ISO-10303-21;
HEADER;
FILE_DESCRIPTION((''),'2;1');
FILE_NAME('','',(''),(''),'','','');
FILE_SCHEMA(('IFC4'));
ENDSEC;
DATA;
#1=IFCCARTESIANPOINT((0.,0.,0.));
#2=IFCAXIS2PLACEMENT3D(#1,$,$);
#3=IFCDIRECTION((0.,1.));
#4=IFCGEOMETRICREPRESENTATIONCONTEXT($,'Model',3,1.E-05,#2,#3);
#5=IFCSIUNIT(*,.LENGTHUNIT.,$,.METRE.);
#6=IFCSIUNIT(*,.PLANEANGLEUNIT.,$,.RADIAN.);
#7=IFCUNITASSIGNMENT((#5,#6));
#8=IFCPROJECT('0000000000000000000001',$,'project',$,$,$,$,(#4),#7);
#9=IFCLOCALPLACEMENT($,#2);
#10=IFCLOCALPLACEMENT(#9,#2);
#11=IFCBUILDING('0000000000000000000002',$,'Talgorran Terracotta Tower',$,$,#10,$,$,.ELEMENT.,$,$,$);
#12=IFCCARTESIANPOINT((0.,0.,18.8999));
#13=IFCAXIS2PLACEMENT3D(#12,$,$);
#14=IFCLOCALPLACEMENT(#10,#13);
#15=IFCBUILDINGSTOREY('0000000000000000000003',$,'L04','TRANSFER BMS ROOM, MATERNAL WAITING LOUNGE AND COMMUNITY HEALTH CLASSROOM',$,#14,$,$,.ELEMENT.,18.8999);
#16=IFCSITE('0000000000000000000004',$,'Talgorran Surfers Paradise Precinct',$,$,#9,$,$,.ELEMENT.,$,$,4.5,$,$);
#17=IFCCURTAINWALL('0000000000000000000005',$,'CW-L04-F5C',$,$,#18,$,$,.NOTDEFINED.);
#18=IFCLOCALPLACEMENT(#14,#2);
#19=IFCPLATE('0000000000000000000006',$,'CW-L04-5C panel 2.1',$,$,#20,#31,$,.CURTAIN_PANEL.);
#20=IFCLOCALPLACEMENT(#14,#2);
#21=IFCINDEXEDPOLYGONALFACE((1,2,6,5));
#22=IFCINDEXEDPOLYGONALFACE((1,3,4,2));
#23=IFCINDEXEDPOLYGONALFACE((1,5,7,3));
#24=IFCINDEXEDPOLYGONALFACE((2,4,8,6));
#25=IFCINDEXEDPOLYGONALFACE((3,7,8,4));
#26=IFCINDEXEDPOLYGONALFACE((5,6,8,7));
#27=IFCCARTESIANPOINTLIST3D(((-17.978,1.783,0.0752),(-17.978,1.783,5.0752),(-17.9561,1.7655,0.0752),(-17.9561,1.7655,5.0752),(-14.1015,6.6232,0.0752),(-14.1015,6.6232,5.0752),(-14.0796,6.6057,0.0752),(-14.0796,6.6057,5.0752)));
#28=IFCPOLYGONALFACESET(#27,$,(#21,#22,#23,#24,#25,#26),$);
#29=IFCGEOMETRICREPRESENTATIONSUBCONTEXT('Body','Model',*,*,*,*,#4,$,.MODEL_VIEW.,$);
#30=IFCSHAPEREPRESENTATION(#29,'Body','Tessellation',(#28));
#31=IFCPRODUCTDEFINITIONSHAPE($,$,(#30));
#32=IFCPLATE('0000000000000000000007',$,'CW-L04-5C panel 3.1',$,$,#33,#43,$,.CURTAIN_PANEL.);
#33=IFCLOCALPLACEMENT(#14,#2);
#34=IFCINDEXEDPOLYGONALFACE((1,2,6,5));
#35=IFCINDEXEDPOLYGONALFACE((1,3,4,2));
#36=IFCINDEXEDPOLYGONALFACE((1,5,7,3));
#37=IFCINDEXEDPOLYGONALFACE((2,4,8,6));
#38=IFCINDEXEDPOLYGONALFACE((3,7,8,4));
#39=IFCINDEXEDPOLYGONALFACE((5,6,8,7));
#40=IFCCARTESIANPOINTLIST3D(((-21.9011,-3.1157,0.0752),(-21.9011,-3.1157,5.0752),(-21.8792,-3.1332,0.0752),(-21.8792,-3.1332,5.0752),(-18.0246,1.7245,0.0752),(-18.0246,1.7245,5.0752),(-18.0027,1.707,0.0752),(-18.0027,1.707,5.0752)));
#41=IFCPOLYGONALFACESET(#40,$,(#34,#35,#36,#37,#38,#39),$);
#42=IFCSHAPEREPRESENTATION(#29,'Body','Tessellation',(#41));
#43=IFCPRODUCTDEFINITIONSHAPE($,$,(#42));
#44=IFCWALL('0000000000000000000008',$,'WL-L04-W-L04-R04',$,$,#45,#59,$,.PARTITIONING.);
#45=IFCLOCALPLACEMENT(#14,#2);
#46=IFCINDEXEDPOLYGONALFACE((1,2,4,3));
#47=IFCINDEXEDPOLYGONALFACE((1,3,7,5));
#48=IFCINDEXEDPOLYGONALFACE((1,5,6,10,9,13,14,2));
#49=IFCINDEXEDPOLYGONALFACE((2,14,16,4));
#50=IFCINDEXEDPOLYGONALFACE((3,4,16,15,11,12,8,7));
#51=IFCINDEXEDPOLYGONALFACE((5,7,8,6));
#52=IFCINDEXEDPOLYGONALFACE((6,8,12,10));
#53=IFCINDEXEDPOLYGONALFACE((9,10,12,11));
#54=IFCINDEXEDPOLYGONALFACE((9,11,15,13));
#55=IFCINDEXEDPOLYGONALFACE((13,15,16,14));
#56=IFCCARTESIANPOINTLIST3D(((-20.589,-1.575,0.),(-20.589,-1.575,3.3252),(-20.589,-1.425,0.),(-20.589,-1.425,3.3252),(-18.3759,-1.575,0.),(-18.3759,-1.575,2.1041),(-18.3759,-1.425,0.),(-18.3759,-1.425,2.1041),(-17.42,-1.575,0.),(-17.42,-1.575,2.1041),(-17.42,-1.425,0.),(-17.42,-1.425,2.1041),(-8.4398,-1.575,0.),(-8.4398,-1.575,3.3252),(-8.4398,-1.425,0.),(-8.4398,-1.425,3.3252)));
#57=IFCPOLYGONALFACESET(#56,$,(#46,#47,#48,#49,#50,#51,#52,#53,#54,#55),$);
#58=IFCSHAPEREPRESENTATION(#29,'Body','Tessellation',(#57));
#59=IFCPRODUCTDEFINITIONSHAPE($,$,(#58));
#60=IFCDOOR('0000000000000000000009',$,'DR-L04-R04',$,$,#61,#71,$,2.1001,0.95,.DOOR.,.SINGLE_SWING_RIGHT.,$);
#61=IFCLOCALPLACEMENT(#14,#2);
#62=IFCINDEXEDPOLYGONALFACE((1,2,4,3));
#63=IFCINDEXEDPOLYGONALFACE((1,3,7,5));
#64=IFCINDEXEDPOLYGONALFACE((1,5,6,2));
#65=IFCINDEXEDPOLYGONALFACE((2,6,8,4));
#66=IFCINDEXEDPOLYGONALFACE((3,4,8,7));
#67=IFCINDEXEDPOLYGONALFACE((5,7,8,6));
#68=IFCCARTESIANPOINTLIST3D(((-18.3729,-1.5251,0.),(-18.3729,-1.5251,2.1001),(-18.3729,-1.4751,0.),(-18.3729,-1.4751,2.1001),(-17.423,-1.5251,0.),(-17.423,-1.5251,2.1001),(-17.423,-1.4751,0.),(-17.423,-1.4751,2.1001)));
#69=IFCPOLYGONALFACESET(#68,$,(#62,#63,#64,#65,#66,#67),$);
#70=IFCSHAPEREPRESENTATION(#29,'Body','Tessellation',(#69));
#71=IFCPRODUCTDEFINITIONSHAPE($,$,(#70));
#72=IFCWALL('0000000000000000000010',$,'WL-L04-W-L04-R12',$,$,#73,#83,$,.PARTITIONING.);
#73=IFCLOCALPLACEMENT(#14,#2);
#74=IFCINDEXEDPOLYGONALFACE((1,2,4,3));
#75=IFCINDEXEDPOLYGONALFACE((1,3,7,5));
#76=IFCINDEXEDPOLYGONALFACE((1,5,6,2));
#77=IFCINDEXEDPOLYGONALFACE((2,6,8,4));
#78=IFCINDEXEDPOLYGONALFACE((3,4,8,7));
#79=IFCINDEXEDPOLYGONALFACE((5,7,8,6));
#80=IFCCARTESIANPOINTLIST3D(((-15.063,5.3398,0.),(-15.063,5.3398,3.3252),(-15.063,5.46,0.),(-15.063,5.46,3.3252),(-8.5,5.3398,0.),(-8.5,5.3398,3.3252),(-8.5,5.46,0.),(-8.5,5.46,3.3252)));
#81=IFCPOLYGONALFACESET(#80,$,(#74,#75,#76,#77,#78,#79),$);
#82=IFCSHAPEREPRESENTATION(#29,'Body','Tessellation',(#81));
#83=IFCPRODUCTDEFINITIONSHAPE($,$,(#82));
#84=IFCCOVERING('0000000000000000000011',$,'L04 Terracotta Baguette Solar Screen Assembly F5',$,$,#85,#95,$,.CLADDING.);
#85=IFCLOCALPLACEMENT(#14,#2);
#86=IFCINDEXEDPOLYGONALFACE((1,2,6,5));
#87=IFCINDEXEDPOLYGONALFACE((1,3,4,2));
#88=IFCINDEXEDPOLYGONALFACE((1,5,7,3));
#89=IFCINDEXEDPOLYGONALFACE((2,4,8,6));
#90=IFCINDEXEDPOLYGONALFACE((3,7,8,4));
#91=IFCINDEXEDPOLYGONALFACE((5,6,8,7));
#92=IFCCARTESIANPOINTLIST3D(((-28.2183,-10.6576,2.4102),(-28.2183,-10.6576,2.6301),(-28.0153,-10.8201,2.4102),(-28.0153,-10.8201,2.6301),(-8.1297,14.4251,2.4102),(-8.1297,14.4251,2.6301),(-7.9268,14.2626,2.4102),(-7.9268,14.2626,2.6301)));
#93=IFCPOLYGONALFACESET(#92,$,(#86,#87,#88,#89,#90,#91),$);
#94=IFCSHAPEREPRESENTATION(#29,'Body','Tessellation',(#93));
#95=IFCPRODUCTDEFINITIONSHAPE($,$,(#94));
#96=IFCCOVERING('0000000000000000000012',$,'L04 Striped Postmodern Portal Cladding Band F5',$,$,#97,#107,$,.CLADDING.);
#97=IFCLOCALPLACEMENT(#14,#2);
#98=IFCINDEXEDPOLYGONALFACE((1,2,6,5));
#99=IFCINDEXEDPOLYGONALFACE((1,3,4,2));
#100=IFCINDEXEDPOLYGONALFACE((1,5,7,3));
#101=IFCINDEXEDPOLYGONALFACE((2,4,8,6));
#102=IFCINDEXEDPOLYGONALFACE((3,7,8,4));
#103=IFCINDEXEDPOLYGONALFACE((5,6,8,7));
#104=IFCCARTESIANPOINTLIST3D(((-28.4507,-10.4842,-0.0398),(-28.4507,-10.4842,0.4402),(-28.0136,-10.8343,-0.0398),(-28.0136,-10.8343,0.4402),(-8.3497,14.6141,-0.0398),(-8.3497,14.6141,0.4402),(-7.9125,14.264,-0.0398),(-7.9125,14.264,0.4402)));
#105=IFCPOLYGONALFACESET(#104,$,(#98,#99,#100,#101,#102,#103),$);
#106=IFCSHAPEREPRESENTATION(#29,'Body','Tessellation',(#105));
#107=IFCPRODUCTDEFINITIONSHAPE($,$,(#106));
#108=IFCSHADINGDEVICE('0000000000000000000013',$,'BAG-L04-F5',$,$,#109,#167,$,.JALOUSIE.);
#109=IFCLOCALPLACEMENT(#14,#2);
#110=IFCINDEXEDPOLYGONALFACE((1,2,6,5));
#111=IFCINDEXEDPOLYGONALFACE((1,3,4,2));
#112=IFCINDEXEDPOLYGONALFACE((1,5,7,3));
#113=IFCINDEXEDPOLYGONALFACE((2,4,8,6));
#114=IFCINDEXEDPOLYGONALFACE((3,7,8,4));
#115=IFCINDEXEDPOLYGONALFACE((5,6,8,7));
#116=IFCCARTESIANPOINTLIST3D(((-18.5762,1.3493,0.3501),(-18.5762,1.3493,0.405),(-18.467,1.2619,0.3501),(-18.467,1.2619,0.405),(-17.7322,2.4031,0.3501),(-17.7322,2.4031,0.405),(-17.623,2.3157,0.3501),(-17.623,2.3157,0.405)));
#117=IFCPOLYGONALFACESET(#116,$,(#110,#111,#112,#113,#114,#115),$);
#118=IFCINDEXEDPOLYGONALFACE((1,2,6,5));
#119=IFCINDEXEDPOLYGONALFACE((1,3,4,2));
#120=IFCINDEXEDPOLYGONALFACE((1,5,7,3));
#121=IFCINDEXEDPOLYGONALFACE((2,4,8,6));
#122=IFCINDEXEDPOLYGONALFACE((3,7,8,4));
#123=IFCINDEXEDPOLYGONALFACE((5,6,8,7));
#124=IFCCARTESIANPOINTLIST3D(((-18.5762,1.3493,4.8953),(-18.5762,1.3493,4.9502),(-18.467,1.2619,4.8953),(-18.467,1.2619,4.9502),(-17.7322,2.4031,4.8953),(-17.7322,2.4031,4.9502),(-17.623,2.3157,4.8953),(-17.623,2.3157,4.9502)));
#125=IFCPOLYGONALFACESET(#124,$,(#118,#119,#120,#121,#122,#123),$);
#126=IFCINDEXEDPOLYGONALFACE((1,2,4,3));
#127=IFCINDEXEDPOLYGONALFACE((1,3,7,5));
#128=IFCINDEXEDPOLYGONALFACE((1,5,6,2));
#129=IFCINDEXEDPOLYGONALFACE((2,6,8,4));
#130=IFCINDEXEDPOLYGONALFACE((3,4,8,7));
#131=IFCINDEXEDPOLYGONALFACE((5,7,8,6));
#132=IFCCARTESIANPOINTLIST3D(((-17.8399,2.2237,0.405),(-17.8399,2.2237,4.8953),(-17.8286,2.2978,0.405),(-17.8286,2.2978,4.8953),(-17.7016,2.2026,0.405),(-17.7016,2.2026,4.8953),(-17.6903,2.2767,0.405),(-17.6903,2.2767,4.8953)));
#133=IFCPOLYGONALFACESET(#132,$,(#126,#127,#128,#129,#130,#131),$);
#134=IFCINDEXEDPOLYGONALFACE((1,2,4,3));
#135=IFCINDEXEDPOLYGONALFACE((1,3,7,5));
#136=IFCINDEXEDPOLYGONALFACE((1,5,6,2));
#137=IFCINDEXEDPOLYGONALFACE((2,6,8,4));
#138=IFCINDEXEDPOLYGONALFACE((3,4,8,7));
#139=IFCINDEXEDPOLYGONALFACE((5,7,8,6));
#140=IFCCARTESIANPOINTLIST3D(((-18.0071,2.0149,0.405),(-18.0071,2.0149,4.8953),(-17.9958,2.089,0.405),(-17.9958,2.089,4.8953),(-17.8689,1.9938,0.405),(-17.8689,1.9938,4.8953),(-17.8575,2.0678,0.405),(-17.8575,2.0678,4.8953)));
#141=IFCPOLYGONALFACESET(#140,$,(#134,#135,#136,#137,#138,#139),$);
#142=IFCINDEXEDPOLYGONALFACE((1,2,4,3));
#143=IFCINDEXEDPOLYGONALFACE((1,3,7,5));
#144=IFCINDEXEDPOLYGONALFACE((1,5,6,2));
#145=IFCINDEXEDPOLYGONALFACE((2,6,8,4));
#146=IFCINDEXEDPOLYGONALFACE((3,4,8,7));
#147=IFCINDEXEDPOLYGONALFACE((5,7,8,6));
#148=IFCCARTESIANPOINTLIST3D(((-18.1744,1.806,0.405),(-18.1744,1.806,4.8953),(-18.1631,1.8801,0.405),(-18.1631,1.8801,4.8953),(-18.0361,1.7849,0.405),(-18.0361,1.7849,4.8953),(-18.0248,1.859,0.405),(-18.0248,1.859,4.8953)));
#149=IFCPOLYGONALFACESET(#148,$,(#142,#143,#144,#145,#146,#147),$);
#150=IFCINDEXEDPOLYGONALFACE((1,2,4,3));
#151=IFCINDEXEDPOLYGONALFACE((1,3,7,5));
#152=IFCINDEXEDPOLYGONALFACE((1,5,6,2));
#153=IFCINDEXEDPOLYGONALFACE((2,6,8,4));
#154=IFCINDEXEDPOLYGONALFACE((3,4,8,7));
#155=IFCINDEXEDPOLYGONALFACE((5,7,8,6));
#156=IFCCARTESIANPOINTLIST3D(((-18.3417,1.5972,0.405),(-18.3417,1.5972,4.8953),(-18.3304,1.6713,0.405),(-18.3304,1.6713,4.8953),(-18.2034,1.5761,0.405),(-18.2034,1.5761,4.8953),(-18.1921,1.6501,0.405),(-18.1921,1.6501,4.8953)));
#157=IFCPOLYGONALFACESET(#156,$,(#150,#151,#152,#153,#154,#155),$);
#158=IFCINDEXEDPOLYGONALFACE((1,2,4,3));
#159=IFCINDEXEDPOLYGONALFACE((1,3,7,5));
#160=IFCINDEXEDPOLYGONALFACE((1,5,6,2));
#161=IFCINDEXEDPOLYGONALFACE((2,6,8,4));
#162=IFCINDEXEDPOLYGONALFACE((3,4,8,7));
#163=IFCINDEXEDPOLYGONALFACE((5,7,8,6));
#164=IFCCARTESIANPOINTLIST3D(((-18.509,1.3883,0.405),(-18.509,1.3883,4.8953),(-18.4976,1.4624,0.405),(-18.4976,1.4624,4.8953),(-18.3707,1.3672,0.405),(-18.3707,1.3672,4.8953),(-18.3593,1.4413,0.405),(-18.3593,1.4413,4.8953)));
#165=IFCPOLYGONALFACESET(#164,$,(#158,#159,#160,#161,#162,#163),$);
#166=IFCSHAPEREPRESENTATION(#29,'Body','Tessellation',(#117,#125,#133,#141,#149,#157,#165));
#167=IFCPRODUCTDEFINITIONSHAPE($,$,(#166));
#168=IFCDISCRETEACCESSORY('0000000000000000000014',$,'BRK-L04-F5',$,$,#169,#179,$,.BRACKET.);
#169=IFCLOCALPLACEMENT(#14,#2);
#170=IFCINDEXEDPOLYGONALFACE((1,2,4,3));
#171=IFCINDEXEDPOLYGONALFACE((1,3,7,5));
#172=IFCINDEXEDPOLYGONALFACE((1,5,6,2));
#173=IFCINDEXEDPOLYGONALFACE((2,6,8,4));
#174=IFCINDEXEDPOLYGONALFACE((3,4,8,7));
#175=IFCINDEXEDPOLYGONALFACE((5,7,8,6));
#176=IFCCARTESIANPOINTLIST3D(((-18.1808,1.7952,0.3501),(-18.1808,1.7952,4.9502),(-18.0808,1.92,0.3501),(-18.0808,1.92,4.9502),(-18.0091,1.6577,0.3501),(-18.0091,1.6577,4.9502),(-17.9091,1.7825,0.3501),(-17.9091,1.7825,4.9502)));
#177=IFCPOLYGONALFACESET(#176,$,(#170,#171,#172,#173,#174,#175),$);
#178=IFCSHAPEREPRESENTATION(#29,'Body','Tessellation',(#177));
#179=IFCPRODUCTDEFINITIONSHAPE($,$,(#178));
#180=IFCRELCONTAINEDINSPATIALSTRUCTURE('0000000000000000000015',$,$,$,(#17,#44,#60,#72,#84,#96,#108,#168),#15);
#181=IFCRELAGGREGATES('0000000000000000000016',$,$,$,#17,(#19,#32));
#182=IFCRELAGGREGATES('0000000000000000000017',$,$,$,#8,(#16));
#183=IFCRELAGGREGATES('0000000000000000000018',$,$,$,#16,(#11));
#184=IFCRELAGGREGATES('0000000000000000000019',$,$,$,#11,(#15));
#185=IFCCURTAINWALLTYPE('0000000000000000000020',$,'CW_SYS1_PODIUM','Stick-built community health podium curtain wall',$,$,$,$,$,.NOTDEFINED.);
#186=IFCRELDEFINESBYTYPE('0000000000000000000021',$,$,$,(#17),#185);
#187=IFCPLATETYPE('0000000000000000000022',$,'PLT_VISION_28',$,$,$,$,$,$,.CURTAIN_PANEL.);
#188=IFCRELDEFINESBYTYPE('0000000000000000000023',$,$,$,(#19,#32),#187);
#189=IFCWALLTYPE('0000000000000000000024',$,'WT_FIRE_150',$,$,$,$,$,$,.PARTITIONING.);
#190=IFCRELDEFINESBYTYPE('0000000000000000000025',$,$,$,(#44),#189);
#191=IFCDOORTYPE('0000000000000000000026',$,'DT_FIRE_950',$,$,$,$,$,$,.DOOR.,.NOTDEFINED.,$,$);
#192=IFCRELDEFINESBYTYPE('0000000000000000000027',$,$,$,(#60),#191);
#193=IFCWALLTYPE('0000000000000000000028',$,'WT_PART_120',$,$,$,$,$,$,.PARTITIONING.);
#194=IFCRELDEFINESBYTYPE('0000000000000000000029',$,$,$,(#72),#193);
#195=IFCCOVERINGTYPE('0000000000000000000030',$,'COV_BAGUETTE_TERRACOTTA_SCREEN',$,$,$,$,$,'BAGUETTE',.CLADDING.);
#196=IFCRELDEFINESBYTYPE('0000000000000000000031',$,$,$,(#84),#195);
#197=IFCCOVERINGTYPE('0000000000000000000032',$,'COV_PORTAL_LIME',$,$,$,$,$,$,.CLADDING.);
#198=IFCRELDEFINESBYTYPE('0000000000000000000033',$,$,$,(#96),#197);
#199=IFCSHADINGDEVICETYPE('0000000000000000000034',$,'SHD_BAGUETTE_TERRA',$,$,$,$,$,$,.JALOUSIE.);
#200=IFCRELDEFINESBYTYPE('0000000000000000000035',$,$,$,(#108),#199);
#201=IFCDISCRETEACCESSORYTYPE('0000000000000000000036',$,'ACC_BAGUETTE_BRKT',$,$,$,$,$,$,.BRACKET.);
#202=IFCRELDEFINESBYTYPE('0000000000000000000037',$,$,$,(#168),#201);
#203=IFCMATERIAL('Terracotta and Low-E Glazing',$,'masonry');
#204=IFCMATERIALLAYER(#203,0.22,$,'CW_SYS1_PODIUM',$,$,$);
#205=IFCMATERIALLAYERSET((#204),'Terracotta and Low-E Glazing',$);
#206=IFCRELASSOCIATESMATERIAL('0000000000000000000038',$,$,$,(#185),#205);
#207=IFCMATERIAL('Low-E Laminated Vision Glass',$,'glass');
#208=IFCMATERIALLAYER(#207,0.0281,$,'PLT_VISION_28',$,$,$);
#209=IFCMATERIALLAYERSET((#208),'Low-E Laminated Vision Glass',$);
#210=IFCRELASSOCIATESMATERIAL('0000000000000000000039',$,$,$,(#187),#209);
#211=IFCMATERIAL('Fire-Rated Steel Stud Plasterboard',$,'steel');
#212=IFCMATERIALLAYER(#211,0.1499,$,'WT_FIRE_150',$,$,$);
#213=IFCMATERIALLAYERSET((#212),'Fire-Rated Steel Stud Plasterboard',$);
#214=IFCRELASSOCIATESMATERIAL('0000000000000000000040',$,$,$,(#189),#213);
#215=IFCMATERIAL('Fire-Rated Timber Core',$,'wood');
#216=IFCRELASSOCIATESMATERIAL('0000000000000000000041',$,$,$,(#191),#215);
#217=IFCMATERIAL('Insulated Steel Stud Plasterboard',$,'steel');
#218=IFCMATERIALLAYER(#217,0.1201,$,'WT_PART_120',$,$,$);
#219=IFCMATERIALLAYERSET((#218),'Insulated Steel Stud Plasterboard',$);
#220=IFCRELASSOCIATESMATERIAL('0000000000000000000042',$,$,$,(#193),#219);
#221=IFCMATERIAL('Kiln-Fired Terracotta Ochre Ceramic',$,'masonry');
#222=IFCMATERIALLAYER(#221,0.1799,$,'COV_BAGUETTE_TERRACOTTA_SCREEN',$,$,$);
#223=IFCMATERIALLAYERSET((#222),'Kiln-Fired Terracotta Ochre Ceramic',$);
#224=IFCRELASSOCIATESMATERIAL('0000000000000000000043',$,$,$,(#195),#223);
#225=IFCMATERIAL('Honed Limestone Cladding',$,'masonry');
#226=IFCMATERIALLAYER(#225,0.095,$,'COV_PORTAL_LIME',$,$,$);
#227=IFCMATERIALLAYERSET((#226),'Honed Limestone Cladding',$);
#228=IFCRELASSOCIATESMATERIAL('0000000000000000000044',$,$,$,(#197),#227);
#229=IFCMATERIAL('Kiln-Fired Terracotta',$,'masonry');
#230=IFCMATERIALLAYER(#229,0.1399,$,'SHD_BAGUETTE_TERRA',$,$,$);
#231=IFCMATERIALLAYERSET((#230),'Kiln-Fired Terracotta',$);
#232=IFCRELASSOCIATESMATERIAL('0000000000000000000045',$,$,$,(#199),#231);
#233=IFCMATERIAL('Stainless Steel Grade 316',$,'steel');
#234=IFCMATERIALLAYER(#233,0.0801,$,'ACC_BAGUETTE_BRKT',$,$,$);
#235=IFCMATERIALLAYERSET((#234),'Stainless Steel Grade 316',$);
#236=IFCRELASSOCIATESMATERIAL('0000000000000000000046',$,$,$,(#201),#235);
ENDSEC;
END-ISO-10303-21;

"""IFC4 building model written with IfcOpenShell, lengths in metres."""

from ifc_helpers import new_model, si_unit, direction, frame, frame_2d, origin, origin_2d, place, context, subcontext, project, spatial, rectangle, extrude, source, transform, mapped, material, layer, layer_set, type_object, type_shapes, element, fill, aggregate, save


model = new_model("IFC4")

# Units and contexts
model_context = context("Model", 3, precision=1e-05, world=origin(), true_north=direction((0.0, 1.0)))
body_context = subcontext(model_context, "Body", "Model", "MODEL_VIEW")
ifc_project = project(units=[si_unit("LENGTHUNIT", "METRE"), si_unit("PLANEANGLEUNIT", "RADIAN")], contexts=[model_context])

# Site, building, storey
site_placement = place(None, origin())
site = spatial("IfcSite", under=ifc_project, at=site_placement, Name="Talgorran Surfers Paradise Precinct", CompositionType="ELEMENT", RefElevation=4.5)
building_placement = place(site_placement, origin())
building = spatial("IfcBuilding", under=site, at=building_placement, Name="Talgorran Terracotta Tower", CompositionType="ELEMENT")
storey_placement = place(building_placement, frame((0.0, 0.0, 18.8999)))
storey = spatial("IfcBuildingStorey", under=building, at=storey_placement, Name="L04", Description="TRANSFER BMS ROOM, MATERNAL WAITING LOUNGE AND COMMUNITY HEALTH CLASSROOM", CompositionType="ELEMENT", Elevation=18.8999)

# Curtain wall
ifc_material_1 = material(Name="Terracotta and Low-E Glazing", Category="masonry")
ifc_layer_1 = layer(ifc_material_1, 0.22, Name="CW_SYS1_PODIUM")
ifc_layer_set_1 = layer_set([ifc_layer_1], Name="Terracotta and Low-E Glazing")
curtain_wall_type = type_object("IfcCurtainWallType", Name="CW_SYS1_PODIUM", Description="Stick-built community health podium curtain wall", PredefinedType="NOTDEFINED", material=ifc_layer_set_1)
curtain_wall_placement = place(storey_placement, origin())
curtain_wall = element("IfcCurtainWall", 1, at=curtain_wall_placement, inside=storey, type_object=curtain_wall_type, Name="CW-L04-F5C", PredefinedType="NOTDEFINED")

# Plates
ifc_material_2 = material(Name="Low-E Laminated Vision Glass", Category="glass")
ifc_layer_2 = layer(ifc_material_2, 0.0281, Name="PLT_VISION_28")
ifc_layer_set_2 = layer_set([ifc_layer_2], Name="Low-E Laminated Vision Glass")
plate_type_1 = type_object("IfcPlateType", Name="PLT_VISION_28", PredefinedType="CURTAIN_PANEL", material=ifc_layer_set_2)
shared_shape_1 = source(origin(), body_context, "Body", "SweptSolid", [
    extrude(rectangle(XDim=6.2012, YDim=0.0281, at=origin_2d()), origin(), (0.0, 0.0, 1.0), 5.0),
])
plate_1_placement = place(storey_placement, frame((-16.0288, 4.1943, 0.0752), z_axis=(0.0, 0.0, 1.0), x_axis=(-0.625115, -0.780533, 0.0)))
plate_1 = element("IfcPlate", 2, at=plate_1_placement, type_object=plate_type_1, Name="CW-L04-5C panel 2.1", PredefinedType="CURTAIN_PANEL", context=body_context, shape_type="MappedRepresentation", body=[
    mapped(shared_shape_1, transform((0.0, 0.0, 0.0), scale=1.0)),
])
plate_2_placement = place(storey_placement, frame((-19.9519, -0.7043, 0.0752), z_axis=(0.0, 0.0, 1.0), x_axis=(-0.625115, -0.780533, 0.0)))
plate_2 = element("IfcPlate", 3, at=plate_2_placement, type_object=plate_type_1, Name="CW-L04-5C panel 3.1", PredefinedType="CURTAIN_PANEL", context=body_context, shape_type="MappedRepresentation", body=[
    mapped(shared_shape_1, transform((0.0, 0.0, 0.0), scale=1.0)),
])
aggregate(curtain_wall, [plate_1, plate_2])

# Wall, opening, door
ifc_material_3 = material(Name="Fire-Rated Steel Stud Plasterboard", Category="steel")
ifc_layer_3 = layer(ifc_material_3, 0.1499, Name="WT_FIRE_150")
ifc_layer_set_3 = layer_set([ifc_layer_3], Name="Fire-Rated Steel Stud Plasterboard")
wall_type_1 = type_object("IfcWallType", Name="WT_FIRE_150", PredefinedType="PARTITIONING", material=ifc_layer_set_3)
wall_1_placement = place(storey_placement, frame((-20.5891, -1.5, 0.0), z_axis=(0.0, 0.0, 1.0), x_axis=(1.0, 0.0, 0.0)))
wall_1 = element("IfcWall", 4, at=wall_1_placement, inside=storey, type_object=wall_type_1, Name="WL-L04-W-L04-R04", PredefinedType="PARTITIONING", context=body_context, shape_type="SweptSolid", body=[
    extrude(rectangle(XDim=12.1492, YDim=0.1499, at=frame_2d((6.0747, 0.0))), origin(), (0.0, 0.0, 1.0), 3.3252),
])
opening_placement = place(wall_1_placement, frame((2.2161, 0.0, 0.0)))
opening = element("IfcOpeningElement", 5, at=opening_placement, cuts=wall_1, PredefinedType="OPENING", context=body_context, shape_type="SweptSolid", body=[
    extrude(rectangle(XDim=0.956, YDim=2.1041, at=frame_2d((0.4751, 1.052))), frame((0.0, 0.085, 0.0), z_axis=(0.0, -1.0, 0.0), x_axis=(1.0, 0.0, 0.0)), (0.0, 0.0, 1.0), 0.1699),
])
ifc_material_4 = material(Name="Fire-Rated Timber Core", Category="wood")
door_type = type_object("IfcDoorType", Name="DT_FIRE_950", OperationType="NOTDEFINED", PredefinedType="DOOR", material=ifc_material_4)
door_placement = place(opening_placement, origin())
door = element("IfcDoor", 6, at=door_placement, inside=storey, type_object=door_type, Name="DR-L04-R04", OperationType="SINGLE_SWING_RIGHT", OverallHeight=2.1001, OverallWidth=0.95, PredefinedType="DOOR", context=body_context, shape_type="SweptSolid", body=[
    extrude(rectangle(XDim=0.95, YDim=2.1001, at=frame_2d((0.4751, 1.05))), frame((0.0, 0.0249, 0.0), z_axis=(0.0, -1.0, 0.0), x_axis=(1.0, 0.0, 0.0)), (0.0, 0.0, 1.0), 0.05),
])
fill(opening, door)

# Wall
ifc_material_5 = material(Name="Insulated Steel Stud Plasterboard", Category="steel")
ifc_layer_4 = layer(ifc_material_5, 0.1201, Name="WT_PART_120")
ifc_layer_set_4 = layer_set([ifc_layer_4], Name="Insulated Steel Stud Plasterboard")
wall_type_2 = type_object("IfcWallType", Name="WT_PART_120", PredefinedType="PARTITIONING", material=ifc_layer_set_4)
wall_2_placement = place(storey_placement, frame((-15.063, 5.3999, 0.0), z_axis=(0.0, 0.0, 1.0), x_axis=(1.0, 0.0, 0.0)))
element("IfcWall", 7, at=wall_2_placement, inside=storey, type_object=wall_type_2, Name="WL-L04-W-L04-R12", PredefinedType="PARTITIONING", context=body_context, shape_type="SweptSolid", body=[
    extrude(rectangle(XDim=6.563, YDim=0.1201, at=frame_2d((3.2815, 0.0))), origin(), (0.0, 0.0, 1.0), 3.3252),
])

# Coverings
ifc_material_6 = material(Name="Kiln-Fired Terracotta Ochre Ceramic", Category="masonry")
ifc_layer_5 = layer(ifc_material_6, 0.1799, Name="COV_BAGUETTE_TERRACOTTA_SCREEN")
ifc_layer_set_5 = layer_set([ifc_layer_5], Name="Kiln-Fired Terracotta Ochre Ceramic")
covering_type_1 = type_object("IfcCoveringType", Name="COV_BAGUETTE_TERRACOTTA_SCREEN", ElementType="BAGUETTE", PredefinedType="CLADDING", material=ifc_layer_set_5)
covering_1_placement = place(storey_placement, frame((-18.0725, 1.8025, 2.4102), z_axis=(0.0, 0.0, 1.0), x_axis=(-0.62512, -0.780529, 0.0)))
element("IfcCovering", 8, at=covering_1_placement, inside=storey, type_object=covering_type_1, Name="L04 Terracotta Baguette Solar Screen Assembly F5", PredefinedType="CLADDING", context=body_context, shape_type="SweptSolid", body=[
    extrude(rectangle(XDim=32.1355, YDim=0.26, at=origin_2d()), origin(), (0.0, 0.0, 1.0), 0.22),
])
ifc_material_7 = material(Name="Honed Limestone Cladding", Category="masonry")
ifc_layer_6 = layer(ifc_material_7, 0.095, Name="COV_PORTAL_LIME")
ifc_layer_set_6 = layer_set([ifc_layer_6], Name="Honed Limestone Cladding")
covering_type_2 = type_object("IfcCoveringType", Name="COV_PORTAL_LIME", PredefinedType="CLADDING", material=ifc_layer_set_6)
covering_2_placement = place(storey_placement, frame((-18.1816, 1.8899, -0.0398), z_axis=(0.0, 0.0, 1.0), x_axis=(-0.62512, -0.780529, 0.0)))
element("IfcCovering", 9, at=covering_2_placement, inside=storey, type_object=covering_type_2, Name="L04 Striped Postmodern Portal Cladding Band F5", PredefinedType="CLADDING", context=body_context, shape_type="SweptSolid", body=[
    extrude(rectangle(XDim=32.1555, YDim=0.5601, at=origin_2d()), origin(), (0.0, 0.0, 1.0), 0.48),
])

# Shading device
ifc_material_8 = material(Name="Kiln-Fired Terracotta", Category="masonry")
ifc_layer_7 = layer(ifc_material_8, 0.1399, Name="SHD_BAGUETTE_TERRA")
ifc_layer_set_7 = layer_set([ifc_layer_7], Name="Kiln-Fired Terracotta")
shading_device_type = type_object("IfcShadingDeviceType", Name="SHD_BAGUETTE_TERRA", PredefinedType="JALOUSIE", material=ifc_layer_set_7)
shared_shape_2 = source(origin(), body_context, "Body", "SweptSolid", [
    extrude(rectangle(XDim=1.3501, YDim=0.1399, at=origin_2d()), origin(), (0.0, 0.0, 1.0), 0.0549),
    extrude(rectangle(XDim=1.3501, YDim=0.1399, at=origin_2d()), frame((0.0, 0.0, 4.5452)), (0.0, 0.0, 1.0), 0.0549),
    extrude(rectangle(XDim=0.075, YDim=0.1399, at=origin_2d()), frame((-0.5352, 0.0, 0.0549), z_axis=(0.0, 0.0, 1.0), x_axis=(0.866025, 0.5, 0.0)), (0.0, 0.0, 1.0), 4.4902),
    extrude(rectangle(XDim=0.075, YDim=0.1399, at=origin_2d()), frame((-0.2676, 0.0, 0.0549), z_axis=(0.0, 0.0, 1.0), x_axis=(0.866025, 0.5, 0.0)), (0.0, 0.0, 1.0), 4.4902),
    extrude(rectangle(XDim=0.075, YDim=0.1399, at=origin_2d()), frame((0.0, 0.0, 0.0549), z_axis=(0.0, 0.0, 1.0), x_axis=(0.866025, 0.5, 0.0)), (0.0, 0.0, 1.0), 4.4902),
    extrude(rectangle(XDim=0.075, YDim=0.1399, at=origin_2d()), frame((0.2676, 0.0, 0.0549), z_axis=(0.0, 0.0, 1.0), x_axis=(0.866025, 0.5, 0.0)), (0.0, 0.0, 1.0), 4.4902),
    extrude(rectangle(XDim=0.075, YDim=0.1399, at=origin_2d()), frame((0.5352, 0.0, 0.0549), z_axis=(0.0, 0.0, 1.0), x_axis=(0.866025, 0.5, 0.0)), (0.0, 0.0, 1.0), 4.4902),
])
type_shapes(shading_device_type, [shared_shape_2])
shading_device_placement = place(storey_placement, frame((-18.0996, 1.8325, 0.3501), z_axis=(0.0, 0.0, 1.0), x_axis=(-0.62512, -0.780529, 0.0)))
element("IfcShadingDevice", 10, at=shading_device_placement, inside=storey, type_object=shading_device_type, Name="BAG-L04-F5", PredefinedType="JALOUSIE", context=body_context, shape_type="MappedRepresentation", body=[
    mapped(shared_shape_2, transform((0.0, 0.0, 0.0), scale=1.0)),
])

# Discrete accessory
ifc_material_9 = material(Name="Stainless Steel Grade 316", Category="steel")
ifc_layer_8 = layer(ifc_material_9, 0.0801, Name="ACC_BAGUETTE_BRKT")
ifc_layer_set_8 = layer_set([ifc_layer_8], Name="Stainless Steel Grade 316")
discrete_accessory_type = type_object("IfcDiscreteAccessoryType", Name="ACC_BAGUETTE_BRKT", PredefinedType="BRACKET", material=ifc_layer_set_8)
shared_shape_3 = source(origin(), body_context, "Body", "SweptSolid", [
    extrude(rectangle(XDim=0.1599, YDim=0.22, at=origin_2d()), origin(), (0.0, 0.0, 1.0), 4.6001),
])
type_shapes(discrete_accessory_type, [shared_shape_3])
discrete_accessory_placement = place(storey_placement, frame((-18.0449, 1.7888, 0.3501), z_axis=(0.0, 0.0, 1.0), x_axis=(-0.62512, -0.780529, 0.0)))
element("IfcDiscreteAccessory", 11, at=discrete_accessory_placement, inside=storey, type_object=discrete_accessory_type, Name="BRK-L04-F5", PredefinedType="BRACKET", context=body_context, shape_type="MappedRepresentation", body=[
    mapped(shared_shape_3, transform((0.0, 0.0, 0.0), scale=1.0)),
])

save(model, "model.ifc")
